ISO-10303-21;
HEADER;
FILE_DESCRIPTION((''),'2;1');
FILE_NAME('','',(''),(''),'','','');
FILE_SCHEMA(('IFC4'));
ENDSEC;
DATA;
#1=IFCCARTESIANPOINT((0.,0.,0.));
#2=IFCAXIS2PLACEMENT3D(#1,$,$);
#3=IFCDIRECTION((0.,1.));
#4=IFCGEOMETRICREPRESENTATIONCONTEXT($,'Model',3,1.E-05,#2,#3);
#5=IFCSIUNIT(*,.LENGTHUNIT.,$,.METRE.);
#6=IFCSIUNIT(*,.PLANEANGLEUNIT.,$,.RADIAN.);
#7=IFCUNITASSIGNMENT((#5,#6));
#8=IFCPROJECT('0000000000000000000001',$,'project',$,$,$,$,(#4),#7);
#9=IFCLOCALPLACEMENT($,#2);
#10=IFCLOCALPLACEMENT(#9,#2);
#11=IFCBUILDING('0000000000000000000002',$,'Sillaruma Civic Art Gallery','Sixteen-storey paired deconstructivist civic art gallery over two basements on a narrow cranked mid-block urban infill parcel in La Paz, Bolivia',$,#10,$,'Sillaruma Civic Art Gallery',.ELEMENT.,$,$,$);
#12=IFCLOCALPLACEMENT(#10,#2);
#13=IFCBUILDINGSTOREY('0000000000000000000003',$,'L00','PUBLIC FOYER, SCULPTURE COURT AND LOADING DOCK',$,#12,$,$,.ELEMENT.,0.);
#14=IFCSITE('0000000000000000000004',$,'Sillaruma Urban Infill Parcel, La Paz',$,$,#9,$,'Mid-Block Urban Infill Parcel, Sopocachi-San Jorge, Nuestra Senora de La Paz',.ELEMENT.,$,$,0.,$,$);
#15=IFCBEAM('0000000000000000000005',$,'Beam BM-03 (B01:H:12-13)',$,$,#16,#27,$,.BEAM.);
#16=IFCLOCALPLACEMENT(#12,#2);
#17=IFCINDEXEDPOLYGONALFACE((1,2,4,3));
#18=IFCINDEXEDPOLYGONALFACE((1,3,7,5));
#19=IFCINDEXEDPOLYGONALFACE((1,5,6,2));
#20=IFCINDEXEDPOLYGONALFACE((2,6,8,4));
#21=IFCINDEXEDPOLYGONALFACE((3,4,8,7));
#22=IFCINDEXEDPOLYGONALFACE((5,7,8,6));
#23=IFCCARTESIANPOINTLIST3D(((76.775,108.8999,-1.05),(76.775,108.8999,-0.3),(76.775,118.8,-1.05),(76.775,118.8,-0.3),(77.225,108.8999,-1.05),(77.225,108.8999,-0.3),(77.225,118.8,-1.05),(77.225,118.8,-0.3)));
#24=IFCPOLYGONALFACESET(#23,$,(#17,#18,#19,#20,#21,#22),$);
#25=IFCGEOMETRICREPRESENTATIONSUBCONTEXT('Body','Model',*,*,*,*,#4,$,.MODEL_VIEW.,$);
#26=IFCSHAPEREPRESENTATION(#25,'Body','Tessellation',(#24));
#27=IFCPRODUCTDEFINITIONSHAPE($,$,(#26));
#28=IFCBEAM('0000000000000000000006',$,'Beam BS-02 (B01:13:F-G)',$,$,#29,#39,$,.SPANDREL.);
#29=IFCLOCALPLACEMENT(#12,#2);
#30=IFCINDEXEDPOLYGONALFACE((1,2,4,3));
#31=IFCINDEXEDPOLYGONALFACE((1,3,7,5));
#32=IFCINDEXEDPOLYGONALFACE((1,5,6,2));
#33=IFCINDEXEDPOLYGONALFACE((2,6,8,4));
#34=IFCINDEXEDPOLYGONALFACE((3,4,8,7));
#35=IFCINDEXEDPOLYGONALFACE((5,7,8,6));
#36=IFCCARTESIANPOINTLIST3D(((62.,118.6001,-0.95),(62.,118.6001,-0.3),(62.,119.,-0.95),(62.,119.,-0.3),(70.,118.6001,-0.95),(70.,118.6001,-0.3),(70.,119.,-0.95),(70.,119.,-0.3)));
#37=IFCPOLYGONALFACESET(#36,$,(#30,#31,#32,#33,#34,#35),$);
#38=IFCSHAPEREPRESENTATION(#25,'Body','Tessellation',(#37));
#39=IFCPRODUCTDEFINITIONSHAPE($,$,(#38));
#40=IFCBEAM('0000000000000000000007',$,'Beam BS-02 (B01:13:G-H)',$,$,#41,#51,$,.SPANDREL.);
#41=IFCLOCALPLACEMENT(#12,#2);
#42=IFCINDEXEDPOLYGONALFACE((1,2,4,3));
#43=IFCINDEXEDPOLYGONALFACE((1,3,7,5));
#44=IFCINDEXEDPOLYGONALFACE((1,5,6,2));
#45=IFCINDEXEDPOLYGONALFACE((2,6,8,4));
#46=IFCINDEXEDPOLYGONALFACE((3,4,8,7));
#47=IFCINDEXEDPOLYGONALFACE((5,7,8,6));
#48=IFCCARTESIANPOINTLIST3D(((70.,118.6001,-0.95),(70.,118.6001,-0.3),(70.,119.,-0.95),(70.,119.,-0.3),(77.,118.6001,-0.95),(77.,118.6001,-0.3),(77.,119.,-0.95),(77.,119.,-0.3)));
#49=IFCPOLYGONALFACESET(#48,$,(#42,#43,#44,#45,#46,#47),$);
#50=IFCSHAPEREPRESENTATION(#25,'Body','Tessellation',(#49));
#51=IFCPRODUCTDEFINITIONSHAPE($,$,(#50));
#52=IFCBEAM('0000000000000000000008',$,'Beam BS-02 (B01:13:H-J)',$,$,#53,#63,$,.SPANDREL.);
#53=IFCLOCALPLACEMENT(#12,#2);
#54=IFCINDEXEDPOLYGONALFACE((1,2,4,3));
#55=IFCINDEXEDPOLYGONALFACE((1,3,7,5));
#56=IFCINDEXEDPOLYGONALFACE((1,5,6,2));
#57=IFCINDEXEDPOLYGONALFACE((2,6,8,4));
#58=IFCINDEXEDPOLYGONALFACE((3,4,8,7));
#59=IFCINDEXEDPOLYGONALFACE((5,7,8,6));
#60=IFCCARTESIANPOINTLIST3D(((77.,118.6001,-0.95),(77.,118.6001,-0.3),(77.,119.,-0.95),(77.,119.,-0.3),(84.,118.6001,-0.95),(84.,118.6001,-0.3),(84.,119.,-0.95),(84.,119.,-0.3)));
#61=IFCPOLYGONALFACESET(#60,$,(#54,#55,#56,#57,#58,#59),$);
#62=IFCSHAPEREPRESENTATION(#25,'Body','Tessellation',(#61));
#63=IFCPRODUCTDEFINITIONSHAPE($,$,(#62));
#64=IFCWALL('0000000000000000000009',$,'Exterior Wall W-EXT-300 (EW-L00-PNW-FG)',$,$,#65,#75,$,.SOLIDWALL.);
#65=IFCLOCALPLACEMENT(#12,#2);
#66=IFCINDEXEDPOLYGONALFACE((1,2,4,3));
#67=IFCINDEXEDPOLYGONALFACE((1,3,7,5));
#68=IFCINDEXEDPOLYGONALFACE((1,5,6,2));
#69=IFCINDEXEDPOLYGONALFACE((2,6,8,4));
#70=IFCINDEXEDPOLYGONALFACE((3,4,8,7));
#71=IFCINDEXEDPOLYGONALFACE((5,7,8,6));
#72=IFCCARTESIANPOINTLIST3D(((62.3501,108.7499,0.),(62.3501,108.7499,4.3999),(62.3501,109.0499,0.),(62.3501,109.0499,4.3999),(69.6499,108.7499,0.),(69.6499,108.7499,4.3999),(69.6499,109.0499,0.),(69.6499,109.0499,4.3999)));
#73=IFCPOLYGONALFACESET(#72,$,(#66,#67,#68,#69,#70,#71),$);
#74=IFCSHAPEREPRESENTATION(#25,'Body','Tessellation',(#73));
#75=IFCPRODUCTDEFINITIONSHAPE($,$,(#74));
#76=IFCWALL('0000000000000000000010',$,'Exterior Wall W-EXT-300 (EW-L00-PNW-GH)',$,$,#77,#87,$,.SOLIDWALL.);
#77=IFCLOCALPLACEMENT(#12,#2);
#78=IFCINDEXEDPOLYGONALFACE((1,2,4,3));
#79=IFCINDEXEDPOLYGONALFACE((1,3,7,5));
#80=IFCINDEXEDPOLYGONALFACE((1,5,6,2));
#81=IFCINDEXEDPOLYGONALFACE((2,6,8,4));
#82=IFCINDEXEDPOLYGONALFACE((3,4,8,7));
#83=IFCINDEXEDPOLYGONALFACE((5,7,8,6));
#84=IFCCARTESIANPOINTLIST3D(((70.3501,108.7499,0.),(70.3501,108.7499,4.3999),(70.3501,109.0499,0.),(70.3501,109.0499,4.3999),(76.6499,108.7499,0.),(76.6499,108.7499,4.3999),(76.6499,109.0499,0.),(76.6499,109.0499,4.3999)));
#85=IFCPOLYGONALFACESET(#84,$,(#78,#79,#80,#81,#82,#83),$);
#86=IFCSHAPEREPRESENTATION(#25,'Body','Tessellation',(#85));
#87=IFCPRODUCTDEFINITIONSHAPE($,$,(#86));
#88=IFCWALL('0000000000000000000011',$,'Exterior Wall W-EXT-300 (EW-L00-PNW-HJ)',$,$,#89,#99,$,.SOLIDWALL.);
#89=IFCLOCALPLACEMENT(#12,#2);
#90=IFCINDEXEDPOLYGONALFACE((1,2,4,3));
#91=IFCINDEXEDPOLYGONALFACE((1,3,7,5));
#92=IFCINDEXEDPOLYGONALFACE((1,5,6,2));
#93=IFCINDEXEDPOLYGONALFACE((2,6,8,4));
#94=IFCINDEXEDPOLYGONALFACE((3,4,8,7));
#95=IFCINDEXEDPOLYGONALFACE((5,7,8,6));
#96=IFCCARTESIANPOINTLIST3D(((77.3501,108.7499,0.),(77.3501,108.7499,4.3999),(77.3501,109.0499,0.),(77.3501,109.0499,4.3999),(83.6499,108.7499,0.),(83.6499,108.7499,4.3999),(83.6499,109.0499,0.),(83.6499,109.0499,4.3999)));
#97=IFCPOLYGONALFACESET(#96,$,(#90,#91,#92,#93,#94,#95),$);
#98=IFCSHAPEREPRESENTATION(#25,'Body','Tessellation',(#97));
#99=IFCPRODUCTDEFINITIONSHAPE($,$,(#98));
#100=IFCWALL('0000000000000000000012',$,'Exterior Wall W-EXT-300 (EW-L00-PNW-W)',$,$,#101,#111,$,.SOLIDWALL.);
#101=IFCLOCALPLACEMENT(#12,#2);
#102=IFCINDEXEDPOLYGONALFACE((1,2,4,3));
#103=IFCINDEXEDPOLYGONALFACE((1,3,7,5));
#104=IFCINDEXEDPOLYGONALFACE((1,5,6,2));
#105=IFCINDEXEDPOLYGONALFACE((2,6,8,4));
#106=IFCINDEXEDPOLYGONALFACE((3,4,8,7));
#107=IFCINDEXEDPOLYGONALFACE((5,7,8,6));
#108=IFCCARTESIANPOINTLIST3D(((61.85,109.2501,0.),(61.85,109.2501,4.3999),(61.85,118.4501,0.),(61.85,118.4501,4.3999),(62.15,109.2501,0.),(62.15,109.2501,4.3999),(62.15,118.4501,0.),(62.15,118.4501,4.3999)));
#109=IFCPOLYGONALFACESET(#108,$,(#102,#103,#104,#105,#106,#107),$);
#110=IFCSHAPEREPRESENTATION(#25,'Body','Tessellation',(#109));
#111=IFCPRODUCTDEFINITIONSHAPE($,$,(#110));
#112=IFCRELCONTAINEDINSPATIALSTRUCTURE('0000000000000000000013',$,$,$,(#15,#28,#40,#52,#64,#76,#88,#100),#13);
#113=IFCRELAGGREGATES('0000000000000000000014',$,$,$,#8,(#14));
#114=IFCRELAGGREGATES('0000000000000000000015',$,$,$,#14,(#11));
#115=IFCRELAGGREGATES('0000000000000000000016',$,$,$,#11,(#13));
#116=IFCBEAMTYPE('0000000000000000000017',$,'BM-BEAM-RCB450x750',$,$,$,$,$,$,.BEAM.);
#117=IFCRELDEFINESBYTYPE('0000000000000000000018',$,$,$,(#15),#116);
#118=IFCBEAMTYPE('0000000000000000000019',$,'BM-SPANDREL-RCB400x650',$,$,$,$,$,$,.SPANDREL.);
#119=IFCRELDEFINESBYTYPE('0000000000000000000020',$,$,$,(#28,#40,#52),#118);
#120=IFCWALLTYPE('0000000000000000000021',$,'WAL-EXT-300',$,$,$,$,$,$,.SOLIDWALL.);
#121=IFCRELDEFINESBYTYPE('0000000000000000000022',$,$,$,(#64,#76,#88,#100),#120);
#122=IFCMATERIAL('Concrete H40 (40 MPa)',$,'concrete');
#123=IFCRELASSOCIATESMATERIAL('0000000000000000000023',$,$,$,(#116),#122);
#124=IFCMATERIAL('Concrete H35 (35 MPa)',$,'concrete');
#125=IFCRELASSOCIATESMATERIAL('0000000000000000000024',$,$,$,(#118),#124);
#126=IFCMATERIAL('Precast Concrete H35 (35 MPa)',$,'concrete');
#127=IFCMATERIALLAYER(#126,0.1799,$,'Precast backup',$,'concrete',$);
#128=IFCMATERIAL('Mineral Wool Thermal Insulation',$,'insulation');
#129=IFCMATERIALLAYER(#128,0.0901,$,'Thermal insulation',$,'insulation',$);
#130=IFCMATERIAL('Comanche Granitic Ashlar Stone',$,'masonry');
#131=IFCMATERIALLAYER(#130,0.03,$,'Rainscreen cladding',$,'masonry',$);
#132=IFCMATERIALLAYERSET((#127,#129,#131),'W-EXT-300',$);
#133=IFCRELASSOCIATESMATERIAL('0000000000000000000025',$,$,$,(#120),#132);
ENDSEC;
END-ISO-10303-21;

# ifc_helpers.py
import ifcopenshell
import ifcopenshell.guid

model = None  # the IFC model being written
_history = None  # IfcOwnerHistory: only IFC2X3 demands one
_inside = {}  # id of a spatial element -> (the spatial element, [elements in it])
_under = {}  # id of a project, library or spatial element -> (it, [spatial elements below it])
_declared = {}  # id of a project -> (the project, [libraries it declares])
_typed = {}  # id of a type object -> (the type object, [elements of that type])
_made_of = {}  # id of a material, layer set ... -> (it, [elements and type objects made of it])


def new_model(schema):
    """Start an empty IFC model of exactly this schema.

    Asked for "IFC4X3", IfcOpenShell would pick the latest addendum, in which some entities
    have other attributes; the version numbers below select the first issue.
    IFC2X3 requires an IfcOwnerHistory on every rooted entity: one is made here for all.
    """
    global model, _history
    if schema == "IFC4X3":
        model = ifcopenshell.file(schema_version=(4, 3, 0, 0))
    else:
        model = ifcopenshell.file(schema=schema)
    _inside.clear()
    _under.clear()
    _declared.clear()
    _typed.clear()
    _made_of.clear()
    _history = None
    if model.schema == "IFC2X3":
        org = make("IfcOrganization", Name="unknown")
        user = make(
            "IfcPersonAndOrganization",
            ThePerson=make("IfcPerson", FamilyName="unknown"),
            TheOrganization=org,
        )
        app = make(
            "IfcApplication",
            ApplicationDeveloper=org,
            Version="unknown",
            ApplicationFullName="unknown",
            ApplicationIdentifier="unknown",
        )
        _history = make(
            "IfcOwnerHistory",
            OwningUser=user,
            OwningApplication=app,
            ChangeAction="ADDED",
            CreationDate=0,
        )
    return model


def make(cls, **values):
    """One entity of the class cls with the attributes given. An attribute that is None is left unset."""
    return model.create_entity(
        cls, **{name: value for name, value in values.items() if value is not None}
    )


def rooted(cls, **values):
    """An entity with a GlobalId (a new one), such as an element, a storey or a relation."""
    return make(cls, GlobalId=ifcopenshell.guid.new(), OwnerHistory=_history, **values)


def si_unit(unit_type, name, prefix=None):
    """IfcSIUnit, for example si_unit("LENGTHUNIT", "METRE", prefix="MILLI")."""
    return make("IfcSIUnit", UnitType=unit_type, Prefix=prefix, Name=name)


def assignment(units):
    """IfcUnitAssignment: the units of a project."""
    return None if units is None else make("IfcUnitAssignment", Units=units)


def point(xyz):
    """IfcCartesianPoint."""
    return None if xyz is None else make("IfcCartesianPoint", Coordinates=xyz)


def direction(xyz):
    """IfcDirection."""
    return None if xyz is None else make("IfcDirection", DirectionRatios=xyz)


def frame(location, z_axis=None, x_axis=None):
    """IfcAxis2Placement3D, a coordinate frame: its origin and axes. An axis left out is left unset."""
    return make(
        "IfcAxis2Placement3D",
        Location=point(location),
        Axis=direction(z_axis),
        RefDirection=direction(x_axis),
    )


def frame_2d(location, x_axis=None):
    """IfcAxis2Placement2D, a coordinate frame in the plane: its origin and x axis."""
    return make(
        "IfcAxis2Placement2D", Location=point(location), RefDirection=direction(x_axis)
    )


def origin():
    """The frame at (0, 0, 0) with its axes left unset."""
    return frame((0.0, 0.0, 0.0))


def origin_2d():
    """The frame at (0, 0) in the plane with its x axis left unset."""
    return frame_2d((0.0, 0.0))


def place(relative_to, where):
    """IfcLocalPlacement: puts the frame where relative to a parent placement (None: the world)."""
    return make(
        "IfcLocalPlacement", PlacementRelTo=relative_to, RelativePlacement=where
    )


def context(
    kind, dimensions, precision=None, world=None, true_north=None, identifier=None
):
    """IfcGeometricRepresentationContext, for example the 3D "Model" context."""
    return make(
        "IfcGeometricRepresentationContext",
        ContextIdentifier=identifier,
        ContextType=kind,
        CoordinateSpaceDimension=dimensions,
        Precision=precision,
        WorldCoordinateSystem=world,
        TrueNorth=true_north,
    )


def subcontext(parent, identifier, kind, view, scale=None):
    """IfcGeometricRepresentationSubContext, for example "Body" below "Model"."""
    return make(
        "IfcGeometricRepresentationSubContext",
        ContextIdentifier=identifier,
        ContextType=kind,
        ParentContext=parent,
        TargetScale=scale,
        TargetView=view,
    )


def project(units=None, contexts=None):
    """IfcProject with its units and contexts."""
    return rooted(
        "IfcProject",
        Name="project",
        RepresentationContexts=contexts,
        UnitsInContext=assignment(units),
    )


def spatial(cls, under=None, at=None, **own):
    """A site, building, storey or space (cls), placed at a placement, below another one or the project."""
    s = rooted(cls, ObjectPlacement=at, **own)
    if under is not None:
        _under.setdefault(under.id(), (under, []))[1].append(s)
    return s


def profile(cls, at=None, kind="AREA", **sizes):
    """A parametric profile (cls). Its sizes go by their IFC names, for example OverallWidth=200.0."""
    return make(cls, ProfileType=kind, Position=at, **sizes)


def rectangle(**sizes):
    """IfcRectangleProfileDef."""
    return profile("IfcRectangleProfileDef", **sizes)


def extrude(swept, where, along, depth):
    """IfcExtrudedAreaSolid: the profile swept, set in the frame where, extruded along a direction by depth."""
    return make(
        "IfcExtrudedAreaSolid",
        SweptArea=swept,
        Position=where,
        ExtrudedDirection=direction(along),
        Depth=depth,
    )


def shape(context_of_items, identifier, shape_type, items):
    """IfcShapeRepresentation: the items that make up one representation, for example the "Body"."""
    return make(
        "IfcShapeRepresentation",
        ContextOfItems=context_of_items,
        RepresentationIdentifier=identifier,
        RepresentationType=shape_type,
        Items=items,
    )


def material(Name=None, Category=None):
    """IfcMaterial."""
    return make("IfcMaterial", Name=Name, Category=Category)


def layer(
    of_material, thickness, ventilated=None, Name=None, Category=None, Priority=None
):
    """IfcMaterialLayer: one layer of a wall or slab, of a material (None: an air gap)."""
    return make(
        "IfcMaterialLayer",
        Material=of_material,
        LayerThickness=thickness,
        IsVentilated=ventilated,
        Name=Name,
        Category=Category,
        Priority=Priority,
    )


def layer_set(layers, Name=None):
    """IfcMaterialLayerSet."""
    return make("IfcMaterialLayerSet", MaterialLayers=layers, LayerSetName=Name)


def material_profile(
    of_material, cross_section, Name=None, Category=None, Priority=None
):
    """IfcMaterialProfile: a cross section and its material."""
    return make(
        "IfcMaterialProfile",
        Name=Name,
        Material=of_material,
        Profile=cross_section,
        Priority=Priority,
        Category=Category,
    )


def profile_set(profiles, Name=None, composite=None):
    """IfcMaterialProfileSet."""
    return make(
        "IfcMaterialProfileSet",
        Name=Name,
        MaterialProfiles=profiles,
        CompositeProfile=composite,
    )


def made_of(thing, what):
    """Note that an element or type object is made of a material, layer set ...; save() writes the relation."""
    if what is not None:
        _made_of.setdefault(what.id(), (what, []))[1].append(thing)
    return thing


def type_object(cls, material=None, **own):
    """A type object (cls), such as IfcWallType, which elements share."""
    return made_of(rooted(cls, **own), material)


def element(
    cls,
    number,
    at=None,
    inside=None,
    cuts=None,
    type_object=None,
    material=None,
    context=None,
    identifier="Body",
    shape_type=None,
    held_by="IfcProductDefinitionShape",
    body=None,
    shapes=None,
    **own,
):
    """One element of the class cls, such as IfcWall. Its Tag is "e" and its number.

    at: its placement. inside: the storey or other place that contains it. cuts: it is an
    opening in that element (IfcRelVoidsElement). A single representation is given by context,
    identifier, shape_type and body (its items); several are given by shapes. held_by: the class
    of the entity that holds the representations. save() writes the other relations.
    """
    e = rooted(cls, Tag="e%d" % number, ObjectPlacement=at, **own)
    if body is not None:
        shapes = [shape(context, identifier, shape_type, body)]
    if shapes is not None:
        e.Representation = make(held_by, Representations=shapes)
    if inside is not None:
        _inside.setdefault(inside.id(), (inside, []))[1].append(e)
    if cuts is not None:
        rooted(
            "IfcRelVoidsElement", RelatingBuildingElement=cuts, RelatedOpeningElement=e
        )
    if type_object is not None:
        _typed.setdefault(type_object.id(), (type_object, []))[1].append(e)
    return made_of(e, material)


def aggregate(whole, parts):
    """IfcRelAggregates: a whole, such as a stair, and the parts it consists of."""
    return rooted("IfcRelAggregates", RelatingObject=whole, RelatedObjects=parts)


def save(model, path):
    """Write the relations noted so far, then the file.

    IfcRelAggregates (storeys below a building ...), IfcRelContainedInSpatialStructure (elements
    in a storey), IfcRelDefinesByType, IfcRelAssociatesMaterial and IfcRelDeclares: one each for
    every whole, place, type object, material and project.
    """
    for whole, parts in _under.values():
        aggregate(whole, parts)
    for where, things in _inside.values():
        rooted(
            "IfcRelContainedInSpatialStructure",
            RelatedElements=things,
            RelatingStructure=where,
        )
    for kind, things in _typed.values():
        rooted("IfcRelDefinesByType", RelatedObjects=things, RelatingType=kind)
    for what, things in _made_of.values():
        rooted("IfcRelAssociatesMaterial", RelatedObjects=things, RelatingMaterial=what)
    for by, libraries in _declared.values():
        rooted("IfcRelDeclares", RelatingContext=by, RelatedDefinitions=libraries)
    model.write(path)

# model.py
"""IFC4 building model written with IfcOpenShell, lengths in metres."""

from ifc_helpers import new_model, si_unit, direction, frame, frame_2d, origin, origin_2d, place, context, subcontext, project, spatial, rectangle, extrude, material, layer, layer_set, material_profile, profile_set, type_object, element, save


model = new_model("IFC4")

# Units and contexts
model_context = context("Model", 3, precision=1e-05, world=origin(), true_north=direction((0.0, 1.0)))
body_context = subcontext(model_context, "Body", "Model", "MODEL_VIEW")
ifc_project = project(units=[si_unit("LENGTHUNIT", "METRE"), si_unit("PLANEANGLEUNIT", "RADIAN")], contexts=[model_context])

# Site, building, storey
site_placement = place(None, origin())
site = spatial("IfcSite", under=ifc_project, at=site_placement, Name="Sillaruma Urban Infill Parcel, La Paz", LongName="Mid-Block Urban Infill Parcel, Sopocachi-San Jorge, Nuestra Senora de La Paz", CompositionType="ELEMENT", RefElevation=0.0)
building_placement = place(site_placement, origin())
building = spatial("IfcBuilding", under=site, at=building_placement, Name="Sillaruma Civic Art Gallery", Description="Sixteen-storey paired deconstructivist civic art gallery over two basements on a narrow cranked mid-block urban infill parcel in La Paz, Bolivia", LongName="Sillaruma Civic Art Gallery", CompositionType="ELEMENT")
storey_placement = place(building_placement, origin())
storey = spatial("IfcBuildingStorey", under=building, at=storey_placement, Name="L00", Description="PUBLIC FOYER, SCULPTURE COURT AND LOADING DOCK", CompositionType="ELEMENT", Elevation=0.0)

# Shared definitions
ifc_material_1 = material(Name="Concrete H40 (40 MPa)", Category="concrete")

# Beams
ifc_material_2 = material(Name="Concrete H35 (35 MPa)", Category="concrete")
ifc_material_profile_1 = material_profile(ifc_material_1, rectangle(XDim=0.45, YDim=0.75, at=origin_2d()), Name="RCB450x750")
ifc_profile_set_1 = profile_set([ifc_material_profile_1], Name="Concrete H40 (40 MPa)")
beam_type_1 = type_object("IfcBeamType", Name="BM-BEAM-RCB450x750", PredefinedType="BEAM", material=ifc_profile_set_1)
beam_1_placement = place(storey_placement, frame((77.0, 108.8999, -0.675), z_axis=(0.0, 1.0, 0.0), x_axis=(-1.0, 0.0, 0.0)))
element("IfcBeam", 1, at=beam_1_placement, inside=storey, type_object=beam_type_1, Name="Beam BM-03 (B01:H:12-13)", PredefinedType="BEAM", context=body_context, shape_type="SweptSolid", body=[
    extrude(rectangle(XDim=0.45, YDim=0.75, at=origin_2d()), origin(), (0.0, 0.0, 1.0), 9.9001),
])
ifc_material_profile_2 = material_profile(ifc_material_2, rectangle(XDim=0.3999, YDim=0.6499, at=origin_2d()), Name="RCB400x650")
ifc_profile_set_2 = profile_set([ifc_material_profile_2], Name="Concrete H35 (35 MPa)")
beam_type_2 = type_object("IfcBeamType", Name="BM-SPANDREL-RCB400x650", PredefinedType="SPANDREL", material=ifc_profile_set_2)
beam_2_placement = place(storey_placement, frame((62.0, 118.8, -0.625), z_axis=(1.0, 0.0, 0.0), x_axis=(0.0, 1.0, 0.0)))
element("IfcBeam", 2, at=beam_2_placement, inside=storey, type_object=beam_type_2, Name="Beam BS-02 (B01:13:F-G)", PredefinedType="SPANDREL", context=body_context, shape_type="SweptSolid", body=[
    extrude(rectangle(XDim=0.3999, YDim=0.6499, at=origin_2d()), origin(), (0.0, 0.0, 1.0), 8.0),
])
for number, where, z_axis, x_axis, name in (
    (3, (70.0, 118.8, -0.625), (1.0, 0.0, 0.0), (0.0, 1.0, 0.0), "Beam BS-02 (B01:13:G-H)"),
    (4, (77.0, 118.8, -0.625), (1.0, 0.0, 0.0), (0.0, 1.0, 0.0), "Beam BS-02 (B01:13:H-J)"),
):
    element("IfcBeam", number, at=place(storey_placement, frame(where, z_axis=z_axis, x_axis=x_axis)), inside=storey, type_object=beam_type_2, Name=name, PredefinedType="SPANDREL", context=body_context, shape_type="SweptSolid", body=[
        extrude(rectangle(XDim=0.3999, YDim=0.6499, at=origin_2d()), origin(), (0.0, 0.0, 1.0), 7.0),
    ])

# Walls
ifc_material_3 = material(Name="Precast Concrete H35 (35 MPa)", Category="concrete")
ifc_layer_1 = layer(ifc_material_3, 0.1799, Name="Precast backup", Category="concrete")
ifc_material_4 = material(Name="Mineral Wool Thermal Insulation", Category="insulation")
ifc_layer_2 = layer(ifc_material_4, 0.0901, Name="Thermal insulation", Category="insulation")
ifc_material_5 = material(Name="Comanche Granitic Ashlar Stone", Category="masonry")
ifc_layer_3 = layer(ifc_material_5, 0.03, Name="Rainscreen cladding", Category="masonry")
ifc_layer_set = layer_set([ifc_layer_1, ifc_layer_2, ifc_layer_3], Name="W-EXT-300")
wall_type = type_object("IfcWallType", Name="WAL-EXT-300", PredefinedType="SOLIDWALL", material=ifc_layer_set)
wall_1_placement = place(storey_placement, frame((62.3501, 108.8999, 0.0), z_axis=(0.0, 0.0, 1.0), x_axis=(1.0, 0.0, 0.0)))
element("IfcWall", 5, at=wall_1_placement, inside=storey, type_object=wall_type, Name="Exterior Wall W-EXT-300 (EW-L00-PNW-FG)", PredefinedType="SOLIDWALL", context=body_context, shape_type="SweptSolid", body=[
    extrude(rectangle(XDim=7.2998, YDim=0.3, at=frame_2d((3.6499, 0.0))), origin(), (0.0, 0.0, 1.0), 4.3999),
])
for number, where, z_axis, x_axis, name in (
    (6, (70.3501, 108.8999, 0.0), (0.0, 0.0, 1.0), (1.0, 0.0, 0.0), "Exterior Wall W-EXT-300 (EW-L00-PNW-GH)"),
    (7, (77.3501, 108.8999, 0.0), (0.0, 0.0, 1.0), (1.0, 0.0, 0.0), "Exterior Wall W-EXT-300 (EW-L00-PNW-HJ)"),
):
    element("IfcWall", number, at=place(storey_placement, frame(where, z_axis=z_axis, x_axis=x_axis)), inside=storey, type_object=wall_type, Name=name, PredefinedType="SOLIDWALL", context=body_context, shape_type="SweptSolid", body=[
        extrude(rectangle(XDim=6.2998, YDim=0.3, at=frame_2d((3.1499, 0.0))), origin(), (0.0, 0.0, 1.0), 4.3999),
    ])
wall_2_placement = place(storey_placement, frame((62.0, 109.25, 0.0), z_axis=(0.0, 0.0, 1.0), x_axis=(0.0, 1.0, 0.0)))
element("IfcWall", 8, at=wall_2_placement, inside=storey, type_object=wall_type, Name="Exterior Wall W-EXT-300 (EW-L00-PNW-W)", PredefinedType="SOLIDWALL", context=body_context, shape_type="SweptSolid", body=[
    extrude(rectangle(XDim=9.2, YDim=0.3, at=frame_2d((4.6001, 0.0))), origin(), (0.0, 0.0, 1.0), 4.3999),
])

save(model, "model.ifc")
